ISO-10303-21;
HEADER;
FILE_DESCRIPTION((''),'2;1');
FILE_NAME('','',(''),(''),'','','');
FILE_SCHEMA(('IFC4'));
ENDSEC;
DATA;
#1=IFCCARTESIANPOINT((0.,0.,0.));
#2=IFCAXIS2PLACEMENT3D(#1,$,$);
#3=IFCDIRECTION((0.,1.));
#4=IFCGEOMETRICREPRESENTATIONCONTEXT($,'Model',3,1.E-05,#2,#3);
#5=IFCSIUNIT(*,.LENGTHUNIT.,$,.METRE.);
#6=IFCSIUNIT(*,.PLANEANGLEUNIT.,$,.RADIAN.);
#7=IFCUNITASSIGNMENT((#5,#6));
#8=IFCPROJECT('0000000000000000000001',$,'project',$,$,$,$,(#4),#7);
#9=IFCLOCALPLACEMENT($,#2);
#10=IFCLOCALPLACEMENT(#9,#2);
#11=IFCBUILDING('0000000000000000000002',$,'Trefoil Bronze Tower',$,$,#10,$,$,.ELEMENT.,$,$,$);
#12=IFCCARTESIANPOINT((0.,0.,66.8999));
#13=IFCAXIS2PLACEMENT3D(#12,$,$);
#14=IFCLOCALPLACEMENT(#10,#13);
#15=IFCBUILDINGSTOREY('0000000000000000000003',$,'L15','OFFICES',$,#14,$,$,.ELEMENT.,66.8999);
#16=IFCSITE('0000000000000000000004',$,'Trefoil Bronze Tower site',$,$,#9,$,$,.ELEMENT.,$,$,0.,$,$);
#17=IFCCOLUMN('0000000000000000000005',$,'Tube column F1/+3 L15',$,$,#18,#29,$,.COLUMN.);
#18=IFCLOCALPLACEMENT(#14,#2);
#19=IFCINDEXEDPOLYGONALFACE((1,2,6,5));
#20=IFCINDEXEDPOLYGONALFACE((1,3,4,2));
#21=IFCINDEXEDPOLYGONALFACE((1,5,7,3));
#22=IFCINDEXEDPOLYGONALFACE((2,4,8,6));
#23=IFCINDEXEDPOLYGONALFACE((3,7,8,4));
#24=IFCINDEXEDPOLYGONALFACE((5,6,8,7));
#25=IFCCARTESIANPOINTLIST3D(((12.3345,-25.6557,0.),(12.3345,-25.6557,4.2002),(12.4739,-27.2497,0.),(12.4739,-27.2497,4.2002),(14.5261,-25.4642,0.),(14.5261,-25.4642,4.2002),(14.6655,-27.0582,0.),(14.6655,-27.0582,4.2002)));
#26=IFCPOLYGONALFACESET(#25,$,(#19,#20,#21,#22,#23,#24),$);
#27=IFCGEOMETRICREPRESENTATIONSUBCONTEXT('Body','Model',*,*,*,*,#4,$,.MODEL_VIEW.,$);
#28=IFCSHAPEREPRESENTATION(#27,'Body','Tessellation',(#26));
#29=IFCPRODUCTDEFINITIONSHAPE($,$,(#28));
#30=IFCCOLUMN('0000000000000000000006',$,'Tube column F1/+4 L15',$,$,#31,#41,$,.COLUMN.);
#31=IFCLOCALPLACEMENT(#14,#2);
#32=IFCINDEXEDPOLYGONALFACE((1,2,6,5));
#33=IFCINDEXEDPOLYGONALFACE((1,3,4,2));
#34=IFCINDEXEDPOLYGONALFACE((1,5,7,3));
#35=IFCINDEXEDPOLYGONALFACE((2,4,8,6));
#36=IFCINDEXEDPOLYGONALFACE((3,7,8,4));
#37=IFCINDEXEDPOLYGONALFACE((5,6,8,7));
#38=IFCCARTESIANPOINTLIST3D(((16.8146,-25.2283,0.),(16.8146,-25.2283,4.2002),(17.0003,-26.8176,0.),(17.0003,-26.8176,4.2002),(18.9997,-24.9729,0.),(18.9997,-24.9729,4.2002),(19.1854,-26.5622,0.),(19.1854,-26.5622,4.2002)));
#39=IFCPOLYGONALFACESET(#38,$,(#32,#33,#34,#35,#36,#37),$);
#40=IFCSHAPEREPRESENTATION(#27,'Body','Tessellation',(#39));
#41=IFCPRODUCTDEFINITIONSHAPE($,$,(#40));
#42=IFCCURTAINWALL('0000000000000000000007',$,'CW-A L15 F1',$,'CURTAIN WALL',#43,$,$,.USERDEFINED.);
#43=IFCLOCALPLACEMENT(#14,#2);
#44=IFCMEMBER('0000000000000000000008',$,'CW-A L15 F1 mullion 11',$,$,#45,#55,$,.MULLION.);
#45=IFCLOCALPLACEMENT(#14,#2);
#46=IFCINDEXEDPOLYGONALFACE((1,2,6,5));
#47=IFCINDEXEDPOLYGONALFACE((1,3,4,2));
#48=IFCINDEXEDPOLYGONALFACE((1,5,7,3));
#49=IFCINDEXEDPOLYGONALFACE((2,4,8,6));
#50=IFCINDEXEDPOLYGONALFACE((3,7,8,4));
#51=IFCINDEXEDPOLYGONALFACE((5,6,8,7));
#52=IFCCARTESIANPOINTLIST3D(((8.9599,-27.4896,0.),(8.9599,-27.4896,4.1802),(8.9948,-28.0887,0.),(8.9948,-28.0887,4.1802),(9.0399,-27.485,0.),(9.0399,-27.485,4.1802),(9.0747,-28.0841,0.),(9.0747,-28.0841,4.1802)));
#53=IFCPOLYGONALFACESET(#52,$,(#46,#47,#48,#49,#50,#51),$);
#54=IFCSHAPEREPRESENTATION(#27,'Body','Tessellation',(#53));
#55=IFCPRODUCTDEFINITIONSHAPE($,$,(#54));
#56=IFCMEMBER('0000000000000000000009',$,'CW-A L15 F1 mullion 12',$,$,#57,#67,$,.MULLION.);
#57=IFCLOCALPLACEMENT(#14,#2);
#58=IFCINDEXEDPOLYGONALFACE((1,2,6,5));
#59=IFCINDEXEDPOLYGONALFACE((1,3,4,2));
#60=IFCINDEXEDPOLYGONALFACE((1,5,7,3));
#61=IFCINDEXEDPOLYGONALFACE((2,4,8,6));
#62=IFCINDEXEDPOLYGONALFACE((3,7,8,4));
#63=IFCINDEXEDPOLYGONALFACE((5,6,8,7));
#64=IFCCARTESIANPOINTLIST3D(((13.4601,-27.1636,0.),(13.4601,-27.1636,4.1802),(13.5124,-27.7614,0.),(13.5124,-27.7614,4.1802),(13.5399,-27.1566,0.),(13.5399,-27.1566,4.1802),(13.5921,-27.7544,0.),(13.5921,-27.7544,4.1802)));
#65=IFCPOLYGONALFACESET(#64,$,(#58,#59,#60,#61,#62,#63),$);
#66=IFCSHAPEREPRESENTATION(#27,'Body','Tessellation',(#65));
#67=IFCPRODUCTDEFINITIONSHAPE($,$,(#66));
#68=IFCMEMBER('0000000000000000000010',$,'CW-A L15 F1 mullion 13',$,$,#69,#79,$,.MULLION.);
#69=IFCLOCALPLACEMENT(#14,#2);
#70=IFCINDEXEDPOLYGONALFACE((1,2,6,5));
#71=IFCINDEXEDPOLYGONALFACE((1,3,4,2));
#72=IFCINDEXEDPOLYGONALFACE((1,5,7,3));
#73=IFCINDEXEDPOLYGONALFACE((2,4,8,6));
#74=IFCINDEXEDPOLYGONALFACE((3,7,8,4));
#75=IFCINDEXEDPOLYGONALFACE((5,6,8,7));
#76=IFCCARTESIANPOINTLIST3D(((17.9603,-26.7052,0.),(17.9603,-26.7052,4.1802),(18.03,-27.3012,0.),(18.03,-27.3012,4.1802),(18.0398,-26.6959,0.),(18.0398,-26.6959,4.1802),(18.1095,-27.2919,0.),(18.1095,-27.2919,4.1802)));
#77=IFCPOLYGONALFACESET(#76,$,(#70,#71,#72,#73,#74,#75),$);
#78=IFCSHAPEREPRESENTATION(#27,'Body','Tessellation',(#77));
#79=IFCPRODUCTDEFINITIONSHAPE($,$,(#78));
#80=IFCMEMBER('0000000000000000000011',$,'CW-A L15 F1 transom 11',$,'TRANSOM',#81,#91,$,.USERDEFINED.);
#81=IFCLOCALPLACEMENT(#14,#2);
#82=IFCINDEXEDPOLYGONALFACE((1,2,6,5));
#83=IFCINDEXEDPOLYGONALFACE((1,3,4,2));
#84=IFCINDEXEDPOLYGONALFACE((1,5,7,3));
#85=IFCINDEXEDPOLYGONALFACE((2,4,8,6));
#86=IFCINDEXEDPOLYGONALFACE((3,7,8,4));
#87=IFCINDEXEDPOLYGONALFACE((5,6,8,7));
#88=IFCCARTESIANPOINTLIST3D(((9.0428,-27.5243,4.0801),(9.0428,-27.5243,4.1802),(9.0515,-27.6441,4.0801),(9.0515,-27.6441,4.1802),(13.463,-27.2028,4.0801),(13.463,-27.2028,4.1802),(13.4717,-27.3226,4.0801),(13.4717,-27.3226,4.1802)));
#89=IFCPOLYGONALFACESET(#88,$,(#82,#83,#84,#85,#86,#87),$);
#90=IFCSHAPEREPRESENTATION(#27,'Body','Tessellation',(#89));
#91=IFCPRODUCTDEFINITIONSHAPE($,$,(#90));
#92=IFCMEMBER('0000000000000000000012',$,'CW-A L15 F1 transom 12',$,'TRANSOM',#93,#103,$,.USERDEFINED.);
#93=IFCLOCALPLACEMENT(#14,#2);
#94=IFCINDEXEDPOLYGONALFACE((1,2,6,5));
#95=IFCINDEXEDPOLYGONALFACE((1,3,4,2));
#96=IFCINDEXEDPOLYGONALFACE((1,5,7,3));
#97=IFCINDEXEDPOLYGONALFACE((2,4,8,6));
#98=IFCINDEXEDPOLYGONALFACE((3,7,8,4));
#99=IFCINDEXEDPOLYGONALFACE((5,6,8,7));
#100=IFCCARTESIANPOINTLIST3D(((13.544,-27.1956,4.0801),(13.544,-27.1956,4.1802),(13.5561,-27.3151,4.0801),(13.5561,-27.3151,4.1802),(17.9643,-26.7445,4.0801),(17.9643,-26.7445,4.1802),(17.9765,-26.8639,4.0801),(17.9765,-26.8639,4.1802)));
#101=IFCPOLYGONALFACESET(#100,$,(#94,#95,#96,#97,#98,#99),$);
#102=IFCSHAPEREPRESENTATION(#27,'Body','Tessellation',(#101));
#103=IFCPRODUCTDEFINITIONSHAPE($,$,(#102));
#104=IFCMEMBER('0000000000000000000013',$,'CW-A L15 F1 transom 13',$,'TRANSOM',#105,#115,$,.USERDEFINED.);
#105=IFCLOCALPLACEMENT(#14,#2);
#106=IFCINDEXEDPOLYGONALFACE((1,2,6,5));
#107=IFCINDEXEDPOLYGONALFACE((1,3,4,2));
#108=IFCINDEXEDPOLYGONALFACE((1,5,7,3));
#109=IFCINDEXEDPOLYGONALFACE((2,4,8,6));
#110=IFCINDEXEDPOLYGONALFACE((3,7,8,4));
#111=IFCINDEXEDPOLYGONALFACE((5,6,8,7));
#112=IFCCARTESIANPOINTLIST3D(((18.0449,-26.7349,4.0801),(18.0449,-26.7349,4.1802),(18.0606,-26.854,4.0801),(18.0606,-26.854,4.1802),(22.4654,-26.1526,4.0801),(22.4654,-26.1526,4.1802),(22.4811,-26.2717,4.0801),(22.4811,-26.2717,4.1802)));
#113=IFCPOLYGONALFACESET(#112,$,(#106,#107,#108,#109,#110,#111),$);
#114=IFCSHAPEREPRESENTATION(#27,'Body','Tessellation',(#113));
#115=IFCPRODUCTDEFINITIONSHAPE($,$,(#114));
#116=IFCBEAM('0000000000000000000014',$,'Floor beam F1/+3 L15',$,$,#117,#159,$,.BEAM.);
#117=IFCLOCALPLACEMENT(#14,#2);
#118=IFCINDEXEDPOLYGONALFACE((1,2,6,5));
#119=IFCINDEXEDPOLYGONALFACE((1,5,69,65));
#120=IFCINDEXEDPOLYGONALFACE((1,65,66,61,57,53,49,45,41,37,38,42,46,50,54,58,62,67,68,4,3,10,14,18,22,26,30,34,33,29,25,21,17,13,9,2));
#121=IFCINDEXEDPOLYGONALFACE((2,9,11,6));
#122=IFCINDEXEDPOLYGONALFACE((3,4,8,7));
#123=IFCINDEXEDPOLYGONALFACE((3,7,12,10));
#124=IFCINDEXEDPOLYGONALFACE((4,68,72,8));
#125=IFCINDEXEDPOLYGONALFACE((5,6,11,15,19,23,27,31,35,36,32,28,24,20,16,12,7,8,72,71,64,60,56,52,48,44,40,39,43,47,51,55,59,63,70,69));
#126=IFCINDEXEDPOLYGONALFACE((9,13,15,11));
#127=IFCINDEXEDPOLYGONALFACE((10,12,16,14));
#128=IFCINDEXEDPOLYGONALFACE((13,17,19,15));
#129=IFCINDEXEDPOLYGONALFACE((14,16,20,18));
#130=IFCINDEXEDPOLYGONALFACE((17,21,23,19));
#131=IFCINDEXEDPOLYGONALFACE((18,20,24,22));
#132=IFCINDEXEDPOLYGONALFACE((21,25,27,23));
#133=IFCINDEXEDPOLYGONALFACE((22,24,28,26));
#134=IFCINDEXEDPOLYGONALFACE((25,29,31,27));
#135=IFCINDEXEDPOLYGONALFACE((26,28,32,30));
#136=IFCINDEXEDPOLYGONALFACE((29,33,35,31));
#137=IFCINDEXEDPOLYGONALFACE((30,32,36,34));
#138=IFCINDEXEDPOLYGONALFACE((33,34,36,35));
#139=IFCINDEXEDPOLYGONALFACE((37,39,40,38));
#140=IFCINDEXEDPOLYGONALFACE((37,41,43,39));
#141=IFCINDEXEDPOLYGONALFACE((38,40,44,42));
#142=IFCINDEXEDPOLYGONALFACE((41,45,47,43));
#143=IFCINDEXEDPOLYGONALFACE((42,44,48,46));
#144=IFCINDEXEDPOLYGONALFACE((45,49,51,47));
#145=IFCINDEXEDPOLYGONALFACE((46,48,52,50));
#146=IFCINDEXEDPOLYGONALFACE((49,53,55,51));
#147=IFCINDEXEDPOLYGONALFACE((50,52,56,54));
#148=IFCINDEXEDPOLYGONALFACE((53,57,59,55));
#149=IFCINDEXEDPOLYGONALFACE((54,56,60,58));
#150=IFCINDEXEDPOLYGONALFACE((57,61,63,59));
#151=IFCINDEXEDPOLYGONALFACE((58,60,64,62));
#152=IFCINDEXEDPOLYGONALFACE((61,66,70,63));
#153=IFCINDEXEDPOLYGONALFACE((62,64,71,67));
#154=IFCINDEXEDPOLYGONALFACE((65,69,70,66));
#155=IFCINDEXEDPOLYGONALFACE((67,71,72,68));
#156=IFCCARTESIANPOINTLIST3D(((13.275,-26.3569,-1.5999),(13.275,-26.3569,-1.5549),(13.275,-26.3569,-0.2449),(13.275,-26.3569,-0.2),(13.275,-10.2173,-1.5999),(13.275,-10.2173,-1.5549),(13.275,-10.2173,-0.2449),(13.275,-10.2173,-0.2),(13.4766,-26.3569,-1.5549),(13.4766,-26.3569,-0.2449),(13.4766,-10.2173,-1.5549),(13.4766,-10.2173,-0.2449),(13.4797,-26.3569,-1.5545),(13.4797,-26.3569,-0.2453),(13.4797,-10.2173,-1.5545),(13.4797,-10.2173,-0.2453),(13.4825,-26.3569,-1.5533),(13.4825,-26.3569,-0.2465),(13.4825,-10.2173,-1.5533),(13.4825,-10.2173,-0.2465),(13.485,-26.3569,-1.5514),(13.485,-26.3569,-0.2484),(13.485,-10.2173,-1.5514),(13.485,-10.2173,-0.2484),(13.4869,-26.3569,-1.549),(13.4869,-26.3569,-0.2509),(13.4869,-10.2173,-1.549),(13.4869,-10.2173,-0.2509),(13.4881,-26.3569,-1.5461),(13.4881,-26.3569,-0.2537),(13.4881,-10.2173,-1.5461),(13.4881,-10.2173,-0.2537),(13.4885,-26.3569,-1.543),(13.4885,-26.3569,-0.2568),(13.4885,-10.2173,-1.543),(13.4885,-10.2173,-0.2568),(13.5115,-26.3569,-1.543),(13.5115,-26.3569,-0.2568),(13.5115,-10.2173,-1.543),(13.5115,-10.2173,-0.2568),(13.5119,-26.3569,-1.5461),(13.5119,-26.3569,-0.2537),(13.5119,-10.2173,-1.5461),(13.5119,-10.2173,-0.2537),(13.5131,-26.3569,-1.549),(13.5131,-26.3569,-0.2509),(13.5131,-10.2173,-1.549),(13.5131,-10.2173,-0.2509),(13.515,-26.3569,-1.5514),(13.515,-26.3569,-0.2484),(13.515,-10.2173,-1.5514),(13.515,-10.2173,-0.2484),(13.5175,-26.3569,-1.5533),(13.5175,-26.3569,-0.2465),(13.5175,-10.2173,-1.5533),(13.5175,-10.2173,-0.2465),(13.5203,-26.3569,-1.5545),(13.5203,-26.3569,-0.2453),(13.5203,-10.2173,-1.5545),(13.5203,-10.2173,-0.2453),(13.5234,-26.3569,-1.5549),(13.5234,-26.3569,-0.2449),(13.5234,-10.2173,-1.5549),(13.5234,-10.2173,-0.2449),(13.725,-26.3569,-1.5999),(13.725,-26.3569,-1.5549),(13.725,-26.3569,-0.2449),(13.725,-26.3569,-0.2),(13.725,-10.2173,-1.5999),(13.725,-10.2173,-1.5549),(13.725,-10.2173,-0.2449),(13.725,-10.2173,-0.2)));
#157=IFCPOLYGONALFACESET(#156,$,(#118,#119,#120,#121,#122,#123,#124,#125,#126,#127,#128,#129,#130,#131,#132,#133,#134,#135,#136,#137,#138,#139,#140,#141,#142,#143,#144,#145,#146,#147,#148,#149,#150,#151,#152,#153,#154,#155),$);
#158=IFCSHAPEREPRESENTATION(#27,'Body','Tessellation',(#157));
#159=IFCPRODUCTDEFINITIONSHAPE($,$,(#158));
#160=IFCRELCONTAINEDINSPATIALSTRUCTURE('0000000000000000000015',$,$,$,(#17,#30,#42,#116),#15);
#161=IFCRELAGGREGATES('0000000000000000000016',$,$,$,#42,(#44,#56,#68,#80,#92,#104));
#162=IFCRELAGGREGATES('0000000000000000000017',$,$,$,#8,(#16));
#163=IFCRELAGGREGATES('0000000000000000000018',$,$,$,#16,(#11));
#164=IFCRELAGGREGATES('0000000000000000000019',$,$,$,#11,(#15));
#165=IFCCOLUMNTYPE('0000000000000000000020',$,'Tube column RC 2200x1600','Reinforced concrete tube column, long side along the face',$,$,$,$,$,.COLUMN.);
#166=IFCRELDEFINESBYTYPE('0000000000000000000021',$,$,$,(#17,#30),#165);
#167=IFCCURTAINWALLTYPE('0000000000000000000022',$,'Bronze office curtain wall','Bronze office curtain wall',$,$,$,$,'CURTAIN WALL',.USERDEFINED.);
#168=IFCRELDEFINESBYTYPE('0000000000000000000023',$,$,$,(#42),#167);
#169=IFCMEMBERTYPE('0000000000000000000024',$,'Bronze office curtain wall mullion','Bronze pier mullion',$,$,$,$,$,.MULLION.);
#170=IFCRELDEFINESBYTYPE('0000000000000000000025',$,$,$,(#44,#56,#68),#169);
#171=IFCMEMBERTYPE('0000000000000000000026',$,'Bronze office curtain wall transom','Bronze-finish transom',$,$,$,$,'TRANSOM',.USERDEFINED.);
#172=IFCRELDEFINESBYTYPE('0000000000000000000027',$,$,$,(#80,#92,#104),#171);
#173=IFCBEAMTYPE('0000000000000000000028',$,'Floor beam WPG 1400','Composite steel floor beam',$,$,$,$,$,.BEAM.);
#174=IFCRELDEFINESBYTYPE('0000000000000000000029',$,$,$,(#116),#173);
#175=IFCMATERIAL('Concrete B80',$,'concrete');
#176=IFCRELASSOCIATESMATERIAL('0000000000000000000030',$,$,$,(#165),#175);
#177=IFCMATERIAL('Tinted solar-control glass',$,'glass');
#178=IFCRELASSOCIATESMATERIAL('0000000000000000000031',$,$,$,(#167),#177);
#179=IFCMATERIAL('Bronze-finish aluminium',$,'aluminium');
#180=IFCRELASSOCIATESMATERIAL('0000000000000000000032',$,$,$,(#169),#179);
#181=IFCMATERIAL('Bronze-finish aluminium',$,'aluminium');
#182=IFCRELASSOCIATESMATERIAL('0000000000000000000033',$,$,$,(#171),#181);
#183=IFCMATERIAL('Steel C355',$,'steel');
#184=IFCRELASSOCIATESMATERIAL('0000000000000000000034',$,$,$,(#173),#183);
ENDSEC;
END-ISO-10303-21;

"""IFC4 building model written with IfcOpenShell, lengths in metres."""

from ifc_helpers import new_model, si_unit, direction, frame, origin, origin_2d, place, context, subcontext, project, spatial, rectangle, i_section, extrude, material, material_profile, profile_set, type_object, element, aggregate, save


model = new_model("IFC4")

# Units and contexts
model_context = context("Model", 3, precision=1e-05, world=origin(), true_north=direction((0.0, 1.0)))
body_context = subcontext(model_context, "Body", "Model", "MODEL_VIEW")
ifc_project = project(units=[si_unit("LENGTHUNIT", "METRE"), si_unit("PLANEANGLEUNIT", "RADIAN")], contexts=[model_context])

# Site, building, storey
site_placement = place(None, origin())
site = spatial("IfcSite", under=ifc_project, at=site_placement, Name="Trefoil Bronze Tower site", CompositionType="ELEMENT", RefElevation=0.0)
building_placement = place(site_placement, origin())
building = spatial("IfcBuilding", under=site, at=building_placement, Name="Trefoil Bronze Tower", CompositionType="ELEMENT")
storey_placement = place(building_placement, frame((0.0, 0.0, 66.8999)))
storey = spatial("IfcBuildingStorey", under=building, at=storey_placement, Name="L15", Description="OFFICES", CompositionType="ELEMENT", Elevation=66.8999)

# Columns
ifc_material_1 = material(Name="Concrete B80", Category="concrete")
ifc_material_profile_1 = material_profile(ifc_material_1, rectangle(XDim=2.2, YDim=1.6001, at=origin_2d()), Name="RC 2200x1600")
ifc_profile_set_1 = profile_set([ifc_material_profile_1], Name="Concrete B80")
column_type = type_object("IfcColumnType", Name="Tube column RC 2200x1600", Description="Reinforced concrete tube column, long side along the face", PredefinedType="COLUMN", material=ifc_profile_set_1)
for number, where, z_axis, x_axis, name in (
    (1, (13.5, -26.3569, 0.0), (0.0, 0.0, 1.0), (0.996203, 0.087065, 0.0), "Tube column F1/+3 L15"),
    (2, (18.0, -25.8953, 0.0), (0.0, 0.0, 1.0), (0.993239, 0.116087, 0.0), "Tube column F1/+4 L15"),
):
    element("IfcColumn", number, at=place(storey_placement, frame(where, z_axis=z_axis, x_axis=x_axis)), inside=storey, type_object=column_type, Name=name, PredefinedType="COLUMN", context=body_context, shape_type="SweptSolid", body=[
        extrude(rectangle(XDim=2.2, YDim=1.6001, at=origin_2d()), origin(), (0.0, 0.0, 1.0), 4.2002),
    ])

# Curtain wall, members
ifc_material_2 = material(Name="Tinted solar-control glass", Category="glass")
curtain_wall_type = type_object("IfcCurtainWallType", Name="Bronze office curtain wall", Description="Bronze office curtain wall", ElementType="CURTAIN WALL", PredefinedType="USERDEFINED", material=ifc_material_2)
curtain_wall_placement = place(storey_placement, origin())
curtain_wall = element("IfcCurtainWall", 3, at=curtain_wall_placement, inside=storey, type_object=curtain_wall_type, Name="CW-A L15 F1", ObjectType="CURTAIN WALL", PredefinedType="USERDEFINED")
ifc_material_3 = material(Name="Bronze-finish aluminium", Category="aluminium")
ifc_material_profile_2 = material_profile(ifc_material_3, rectangle(XDim=0.6001, YDim=0.0801, at=origin_2d()), Name="CW-A mullion")
ifc_profile_set_2 = profile_set([ifc_material_profile_2], Name="Bronze-finish aluminium")
member_type_1 = type_object("IfcMemberType", Name="Bronze office curtain wall mullion", Description="Bronze pier mullion", PredefinedType="MULLION", material=ifc_profile_set_2)
member_1_placement = place(storey_placement, frame((9.0173, -27.7869, 0.0), z_axis=(0.0, 0.0, 1.0), x_axis=(-0.058043, 0.998314, 0.0)))
member_1 = element("IfcMember", 4, at=member_1_placement, type_object=member_type_1, Name="CW-A L15 F1 mullion 11", PredefinedType="MULLION", context=body_context, shape_type="SweptSolid", body=[
    extrude(rectangle(XDim=0.6001, YDim=0.0801, at=origin_2d()), origin(), (0.0, 0.0, 1.0), 4.1802),
])
member_2_placement = place(storey_placement, frame((13.5261, -27.459, 0.0), z_axis=(0.0, 0.0, 1.0), x_axis=(-0.087065, 0.996203, 0.0)))
member_2 = element("IfcMember", 5, at=member_2_placement, type_object=member_type_1, Name="CW-A L15 F1 mullion 12", PredefinedType="MULLION", context=body_context, shape_type="SweptSolid", body=[
    extrude(rectangle(XDim=0.6001, YDim=0.0801, at=origin_2d()), origin(), (0.0, 0.0, 1.0), 4.1802),
])
member_3_placement = place(storey_placement, frame((18.0349, -26.9985, 0.0), z_axis=(0.0, 0.0, 1.0), x_axis=(-0.116087, 0.993239, 0.0)))
member_3 = element("IfcMember", 6, at=member_3_placement, type_object=member_type_1, Name="CW-A L15 F1 mullion 13", PredefinedType="MULLION", context=body_context, shape_type="SweptSolid", body=[
    extrude(rectangle(XDim=0.6001, YDim=0.0801, at=origin_2d()), origin(), (0.0, 0.0, 1.0), 4.1802),
])
ifc_material_4 = material(Name="Bronze-finish aluminium", Category="aluminium")
ifc_material_profile_3 = material_profile(ifc_material_4, rectangle(XDim=0.1201, YDim=0.1001, at=origin_2d()), Name="CW-A transom")
ifc_profile_set_3 = profile_set([ifc_material_profile_3], Name="Bronze-finish aluminium")
member_type_2 = type_object("IfcMemberType", Name="Bronze office curtain wall transom", Description="Bronze-finish transom", ElementType="TRANSOM", PredefinedType="USERDEFINED", material=ifc_profile_set_3)
member_4_placement = place(storey_placement, frame((9.0471, -27.5842, 4.1301), z_axis=(0.997365, 0.072551, 0.0), x_axis=(-0.072551, 0.997365, 0.0)))
member_4 = element("IfcMember", 7, at=member_4_placement, type_object=member_type_2, Name="CW-A L15 F1 transom 11", ObjectType="TRANSOM", PredefinedType="USERDEFINED", context=body_context, shape_type="SweptSolid", body=[
    extrude(rectangle(XDim=0.1201, YDim=0.1001, at=origin_2d()), origin(), (0.0, 0.0, 1.0), 4.4319),
])
member_5_placement = place(storey_placement, frame((13.55, -27.2554, 4.1301), z_axis=(0.994832, 0.101538, 0.0), x_axis=(-0.101538, 0.994832, 0.0)))
member_5 = element("IfcMember", 8, at=member_5_placement, type_object=member_type_2, Name="CW-A L15 F1 transom 12", ObjectType="TRANSOM", PredefinedType="USERDEFINED", context=body_context, shape_type="SweptSolid", body=[
    extrude(rectangle(XDim=0.1201, YDim=0.1001, at=origin_2d()), origin(), (0.0, 0.0, 1.0), 4.4434),
])
member_6_placement = place(storey_placement, frame((18.0527, -26.7944, 4.1301), z_axis=(0.991437, 0.130589, 0.0), x_axis=(-0.130589, 0.991437, 0.0)))
member_6 = element("IfcMember", 9, at=member_6_placement, type_object=member_type_2, Name="CW-A L15 F1 transom 13", ObjectType="TRANSOM", PredefinedType="USERDEFINED", context=body_context, shape_type="SweptSolid", body=[
    extrude(rectangle(XDim=0.1201, YDim=0.1001, at=origin_2d()), origin(), (0.0, 0.0, 1.0), 4.4587),
])

# Beam
ifc_material_5 = material(Name="Steel C355", Category="steel")
ifc_material_profile_4 = material_profile(ifc_material_5, i_section(OverallWidth=0.45, OverallDepth=1.3999, WebThickness=0.0229, FlangeThickness=0.0449, FilletRadius=0.012, at=origin_2d()), Name="WPG 1400")
ifc_profile_set_4 = profile_set([ifc_material_profile_4], Name="Steel C355")
beam_type_1 = type_object("IfcBeamType", Name="Floor beam WPG 1400", Description="Composite steel floor beam", PredefinedType="BEAM", material=ifc_profile_set_4)
beam_1_placement = place(storey_placement, frame((13.5, -26.3569, -0.8999), z_axis=(0.0, 1.0, 0.0), x_axis=(-1.0, 0.0, 0.0)))
element("IfcBeam", 10, at=beam_1_placement, inside=storey, type_object=beam_type_1, Name="Floor beam F1/+3 L15", PredefinedType="BEAM", context=body_context, shape_type="SweptSolid", body=[
    extrude(i_section(OverallWidth=0.45, OverallDepth=1.3999, WebThickness=0.0229, FlangeThickness=0.0449, FilletRadius=0.012, at=origin_2d()), origin(), (0.0, 0.0, 1.0), 16.1396),
])

aggregate(curtain_wall, [member_1, member_2, member_3, member_4, member_5, member_6])

save(model, "model.ifc")
